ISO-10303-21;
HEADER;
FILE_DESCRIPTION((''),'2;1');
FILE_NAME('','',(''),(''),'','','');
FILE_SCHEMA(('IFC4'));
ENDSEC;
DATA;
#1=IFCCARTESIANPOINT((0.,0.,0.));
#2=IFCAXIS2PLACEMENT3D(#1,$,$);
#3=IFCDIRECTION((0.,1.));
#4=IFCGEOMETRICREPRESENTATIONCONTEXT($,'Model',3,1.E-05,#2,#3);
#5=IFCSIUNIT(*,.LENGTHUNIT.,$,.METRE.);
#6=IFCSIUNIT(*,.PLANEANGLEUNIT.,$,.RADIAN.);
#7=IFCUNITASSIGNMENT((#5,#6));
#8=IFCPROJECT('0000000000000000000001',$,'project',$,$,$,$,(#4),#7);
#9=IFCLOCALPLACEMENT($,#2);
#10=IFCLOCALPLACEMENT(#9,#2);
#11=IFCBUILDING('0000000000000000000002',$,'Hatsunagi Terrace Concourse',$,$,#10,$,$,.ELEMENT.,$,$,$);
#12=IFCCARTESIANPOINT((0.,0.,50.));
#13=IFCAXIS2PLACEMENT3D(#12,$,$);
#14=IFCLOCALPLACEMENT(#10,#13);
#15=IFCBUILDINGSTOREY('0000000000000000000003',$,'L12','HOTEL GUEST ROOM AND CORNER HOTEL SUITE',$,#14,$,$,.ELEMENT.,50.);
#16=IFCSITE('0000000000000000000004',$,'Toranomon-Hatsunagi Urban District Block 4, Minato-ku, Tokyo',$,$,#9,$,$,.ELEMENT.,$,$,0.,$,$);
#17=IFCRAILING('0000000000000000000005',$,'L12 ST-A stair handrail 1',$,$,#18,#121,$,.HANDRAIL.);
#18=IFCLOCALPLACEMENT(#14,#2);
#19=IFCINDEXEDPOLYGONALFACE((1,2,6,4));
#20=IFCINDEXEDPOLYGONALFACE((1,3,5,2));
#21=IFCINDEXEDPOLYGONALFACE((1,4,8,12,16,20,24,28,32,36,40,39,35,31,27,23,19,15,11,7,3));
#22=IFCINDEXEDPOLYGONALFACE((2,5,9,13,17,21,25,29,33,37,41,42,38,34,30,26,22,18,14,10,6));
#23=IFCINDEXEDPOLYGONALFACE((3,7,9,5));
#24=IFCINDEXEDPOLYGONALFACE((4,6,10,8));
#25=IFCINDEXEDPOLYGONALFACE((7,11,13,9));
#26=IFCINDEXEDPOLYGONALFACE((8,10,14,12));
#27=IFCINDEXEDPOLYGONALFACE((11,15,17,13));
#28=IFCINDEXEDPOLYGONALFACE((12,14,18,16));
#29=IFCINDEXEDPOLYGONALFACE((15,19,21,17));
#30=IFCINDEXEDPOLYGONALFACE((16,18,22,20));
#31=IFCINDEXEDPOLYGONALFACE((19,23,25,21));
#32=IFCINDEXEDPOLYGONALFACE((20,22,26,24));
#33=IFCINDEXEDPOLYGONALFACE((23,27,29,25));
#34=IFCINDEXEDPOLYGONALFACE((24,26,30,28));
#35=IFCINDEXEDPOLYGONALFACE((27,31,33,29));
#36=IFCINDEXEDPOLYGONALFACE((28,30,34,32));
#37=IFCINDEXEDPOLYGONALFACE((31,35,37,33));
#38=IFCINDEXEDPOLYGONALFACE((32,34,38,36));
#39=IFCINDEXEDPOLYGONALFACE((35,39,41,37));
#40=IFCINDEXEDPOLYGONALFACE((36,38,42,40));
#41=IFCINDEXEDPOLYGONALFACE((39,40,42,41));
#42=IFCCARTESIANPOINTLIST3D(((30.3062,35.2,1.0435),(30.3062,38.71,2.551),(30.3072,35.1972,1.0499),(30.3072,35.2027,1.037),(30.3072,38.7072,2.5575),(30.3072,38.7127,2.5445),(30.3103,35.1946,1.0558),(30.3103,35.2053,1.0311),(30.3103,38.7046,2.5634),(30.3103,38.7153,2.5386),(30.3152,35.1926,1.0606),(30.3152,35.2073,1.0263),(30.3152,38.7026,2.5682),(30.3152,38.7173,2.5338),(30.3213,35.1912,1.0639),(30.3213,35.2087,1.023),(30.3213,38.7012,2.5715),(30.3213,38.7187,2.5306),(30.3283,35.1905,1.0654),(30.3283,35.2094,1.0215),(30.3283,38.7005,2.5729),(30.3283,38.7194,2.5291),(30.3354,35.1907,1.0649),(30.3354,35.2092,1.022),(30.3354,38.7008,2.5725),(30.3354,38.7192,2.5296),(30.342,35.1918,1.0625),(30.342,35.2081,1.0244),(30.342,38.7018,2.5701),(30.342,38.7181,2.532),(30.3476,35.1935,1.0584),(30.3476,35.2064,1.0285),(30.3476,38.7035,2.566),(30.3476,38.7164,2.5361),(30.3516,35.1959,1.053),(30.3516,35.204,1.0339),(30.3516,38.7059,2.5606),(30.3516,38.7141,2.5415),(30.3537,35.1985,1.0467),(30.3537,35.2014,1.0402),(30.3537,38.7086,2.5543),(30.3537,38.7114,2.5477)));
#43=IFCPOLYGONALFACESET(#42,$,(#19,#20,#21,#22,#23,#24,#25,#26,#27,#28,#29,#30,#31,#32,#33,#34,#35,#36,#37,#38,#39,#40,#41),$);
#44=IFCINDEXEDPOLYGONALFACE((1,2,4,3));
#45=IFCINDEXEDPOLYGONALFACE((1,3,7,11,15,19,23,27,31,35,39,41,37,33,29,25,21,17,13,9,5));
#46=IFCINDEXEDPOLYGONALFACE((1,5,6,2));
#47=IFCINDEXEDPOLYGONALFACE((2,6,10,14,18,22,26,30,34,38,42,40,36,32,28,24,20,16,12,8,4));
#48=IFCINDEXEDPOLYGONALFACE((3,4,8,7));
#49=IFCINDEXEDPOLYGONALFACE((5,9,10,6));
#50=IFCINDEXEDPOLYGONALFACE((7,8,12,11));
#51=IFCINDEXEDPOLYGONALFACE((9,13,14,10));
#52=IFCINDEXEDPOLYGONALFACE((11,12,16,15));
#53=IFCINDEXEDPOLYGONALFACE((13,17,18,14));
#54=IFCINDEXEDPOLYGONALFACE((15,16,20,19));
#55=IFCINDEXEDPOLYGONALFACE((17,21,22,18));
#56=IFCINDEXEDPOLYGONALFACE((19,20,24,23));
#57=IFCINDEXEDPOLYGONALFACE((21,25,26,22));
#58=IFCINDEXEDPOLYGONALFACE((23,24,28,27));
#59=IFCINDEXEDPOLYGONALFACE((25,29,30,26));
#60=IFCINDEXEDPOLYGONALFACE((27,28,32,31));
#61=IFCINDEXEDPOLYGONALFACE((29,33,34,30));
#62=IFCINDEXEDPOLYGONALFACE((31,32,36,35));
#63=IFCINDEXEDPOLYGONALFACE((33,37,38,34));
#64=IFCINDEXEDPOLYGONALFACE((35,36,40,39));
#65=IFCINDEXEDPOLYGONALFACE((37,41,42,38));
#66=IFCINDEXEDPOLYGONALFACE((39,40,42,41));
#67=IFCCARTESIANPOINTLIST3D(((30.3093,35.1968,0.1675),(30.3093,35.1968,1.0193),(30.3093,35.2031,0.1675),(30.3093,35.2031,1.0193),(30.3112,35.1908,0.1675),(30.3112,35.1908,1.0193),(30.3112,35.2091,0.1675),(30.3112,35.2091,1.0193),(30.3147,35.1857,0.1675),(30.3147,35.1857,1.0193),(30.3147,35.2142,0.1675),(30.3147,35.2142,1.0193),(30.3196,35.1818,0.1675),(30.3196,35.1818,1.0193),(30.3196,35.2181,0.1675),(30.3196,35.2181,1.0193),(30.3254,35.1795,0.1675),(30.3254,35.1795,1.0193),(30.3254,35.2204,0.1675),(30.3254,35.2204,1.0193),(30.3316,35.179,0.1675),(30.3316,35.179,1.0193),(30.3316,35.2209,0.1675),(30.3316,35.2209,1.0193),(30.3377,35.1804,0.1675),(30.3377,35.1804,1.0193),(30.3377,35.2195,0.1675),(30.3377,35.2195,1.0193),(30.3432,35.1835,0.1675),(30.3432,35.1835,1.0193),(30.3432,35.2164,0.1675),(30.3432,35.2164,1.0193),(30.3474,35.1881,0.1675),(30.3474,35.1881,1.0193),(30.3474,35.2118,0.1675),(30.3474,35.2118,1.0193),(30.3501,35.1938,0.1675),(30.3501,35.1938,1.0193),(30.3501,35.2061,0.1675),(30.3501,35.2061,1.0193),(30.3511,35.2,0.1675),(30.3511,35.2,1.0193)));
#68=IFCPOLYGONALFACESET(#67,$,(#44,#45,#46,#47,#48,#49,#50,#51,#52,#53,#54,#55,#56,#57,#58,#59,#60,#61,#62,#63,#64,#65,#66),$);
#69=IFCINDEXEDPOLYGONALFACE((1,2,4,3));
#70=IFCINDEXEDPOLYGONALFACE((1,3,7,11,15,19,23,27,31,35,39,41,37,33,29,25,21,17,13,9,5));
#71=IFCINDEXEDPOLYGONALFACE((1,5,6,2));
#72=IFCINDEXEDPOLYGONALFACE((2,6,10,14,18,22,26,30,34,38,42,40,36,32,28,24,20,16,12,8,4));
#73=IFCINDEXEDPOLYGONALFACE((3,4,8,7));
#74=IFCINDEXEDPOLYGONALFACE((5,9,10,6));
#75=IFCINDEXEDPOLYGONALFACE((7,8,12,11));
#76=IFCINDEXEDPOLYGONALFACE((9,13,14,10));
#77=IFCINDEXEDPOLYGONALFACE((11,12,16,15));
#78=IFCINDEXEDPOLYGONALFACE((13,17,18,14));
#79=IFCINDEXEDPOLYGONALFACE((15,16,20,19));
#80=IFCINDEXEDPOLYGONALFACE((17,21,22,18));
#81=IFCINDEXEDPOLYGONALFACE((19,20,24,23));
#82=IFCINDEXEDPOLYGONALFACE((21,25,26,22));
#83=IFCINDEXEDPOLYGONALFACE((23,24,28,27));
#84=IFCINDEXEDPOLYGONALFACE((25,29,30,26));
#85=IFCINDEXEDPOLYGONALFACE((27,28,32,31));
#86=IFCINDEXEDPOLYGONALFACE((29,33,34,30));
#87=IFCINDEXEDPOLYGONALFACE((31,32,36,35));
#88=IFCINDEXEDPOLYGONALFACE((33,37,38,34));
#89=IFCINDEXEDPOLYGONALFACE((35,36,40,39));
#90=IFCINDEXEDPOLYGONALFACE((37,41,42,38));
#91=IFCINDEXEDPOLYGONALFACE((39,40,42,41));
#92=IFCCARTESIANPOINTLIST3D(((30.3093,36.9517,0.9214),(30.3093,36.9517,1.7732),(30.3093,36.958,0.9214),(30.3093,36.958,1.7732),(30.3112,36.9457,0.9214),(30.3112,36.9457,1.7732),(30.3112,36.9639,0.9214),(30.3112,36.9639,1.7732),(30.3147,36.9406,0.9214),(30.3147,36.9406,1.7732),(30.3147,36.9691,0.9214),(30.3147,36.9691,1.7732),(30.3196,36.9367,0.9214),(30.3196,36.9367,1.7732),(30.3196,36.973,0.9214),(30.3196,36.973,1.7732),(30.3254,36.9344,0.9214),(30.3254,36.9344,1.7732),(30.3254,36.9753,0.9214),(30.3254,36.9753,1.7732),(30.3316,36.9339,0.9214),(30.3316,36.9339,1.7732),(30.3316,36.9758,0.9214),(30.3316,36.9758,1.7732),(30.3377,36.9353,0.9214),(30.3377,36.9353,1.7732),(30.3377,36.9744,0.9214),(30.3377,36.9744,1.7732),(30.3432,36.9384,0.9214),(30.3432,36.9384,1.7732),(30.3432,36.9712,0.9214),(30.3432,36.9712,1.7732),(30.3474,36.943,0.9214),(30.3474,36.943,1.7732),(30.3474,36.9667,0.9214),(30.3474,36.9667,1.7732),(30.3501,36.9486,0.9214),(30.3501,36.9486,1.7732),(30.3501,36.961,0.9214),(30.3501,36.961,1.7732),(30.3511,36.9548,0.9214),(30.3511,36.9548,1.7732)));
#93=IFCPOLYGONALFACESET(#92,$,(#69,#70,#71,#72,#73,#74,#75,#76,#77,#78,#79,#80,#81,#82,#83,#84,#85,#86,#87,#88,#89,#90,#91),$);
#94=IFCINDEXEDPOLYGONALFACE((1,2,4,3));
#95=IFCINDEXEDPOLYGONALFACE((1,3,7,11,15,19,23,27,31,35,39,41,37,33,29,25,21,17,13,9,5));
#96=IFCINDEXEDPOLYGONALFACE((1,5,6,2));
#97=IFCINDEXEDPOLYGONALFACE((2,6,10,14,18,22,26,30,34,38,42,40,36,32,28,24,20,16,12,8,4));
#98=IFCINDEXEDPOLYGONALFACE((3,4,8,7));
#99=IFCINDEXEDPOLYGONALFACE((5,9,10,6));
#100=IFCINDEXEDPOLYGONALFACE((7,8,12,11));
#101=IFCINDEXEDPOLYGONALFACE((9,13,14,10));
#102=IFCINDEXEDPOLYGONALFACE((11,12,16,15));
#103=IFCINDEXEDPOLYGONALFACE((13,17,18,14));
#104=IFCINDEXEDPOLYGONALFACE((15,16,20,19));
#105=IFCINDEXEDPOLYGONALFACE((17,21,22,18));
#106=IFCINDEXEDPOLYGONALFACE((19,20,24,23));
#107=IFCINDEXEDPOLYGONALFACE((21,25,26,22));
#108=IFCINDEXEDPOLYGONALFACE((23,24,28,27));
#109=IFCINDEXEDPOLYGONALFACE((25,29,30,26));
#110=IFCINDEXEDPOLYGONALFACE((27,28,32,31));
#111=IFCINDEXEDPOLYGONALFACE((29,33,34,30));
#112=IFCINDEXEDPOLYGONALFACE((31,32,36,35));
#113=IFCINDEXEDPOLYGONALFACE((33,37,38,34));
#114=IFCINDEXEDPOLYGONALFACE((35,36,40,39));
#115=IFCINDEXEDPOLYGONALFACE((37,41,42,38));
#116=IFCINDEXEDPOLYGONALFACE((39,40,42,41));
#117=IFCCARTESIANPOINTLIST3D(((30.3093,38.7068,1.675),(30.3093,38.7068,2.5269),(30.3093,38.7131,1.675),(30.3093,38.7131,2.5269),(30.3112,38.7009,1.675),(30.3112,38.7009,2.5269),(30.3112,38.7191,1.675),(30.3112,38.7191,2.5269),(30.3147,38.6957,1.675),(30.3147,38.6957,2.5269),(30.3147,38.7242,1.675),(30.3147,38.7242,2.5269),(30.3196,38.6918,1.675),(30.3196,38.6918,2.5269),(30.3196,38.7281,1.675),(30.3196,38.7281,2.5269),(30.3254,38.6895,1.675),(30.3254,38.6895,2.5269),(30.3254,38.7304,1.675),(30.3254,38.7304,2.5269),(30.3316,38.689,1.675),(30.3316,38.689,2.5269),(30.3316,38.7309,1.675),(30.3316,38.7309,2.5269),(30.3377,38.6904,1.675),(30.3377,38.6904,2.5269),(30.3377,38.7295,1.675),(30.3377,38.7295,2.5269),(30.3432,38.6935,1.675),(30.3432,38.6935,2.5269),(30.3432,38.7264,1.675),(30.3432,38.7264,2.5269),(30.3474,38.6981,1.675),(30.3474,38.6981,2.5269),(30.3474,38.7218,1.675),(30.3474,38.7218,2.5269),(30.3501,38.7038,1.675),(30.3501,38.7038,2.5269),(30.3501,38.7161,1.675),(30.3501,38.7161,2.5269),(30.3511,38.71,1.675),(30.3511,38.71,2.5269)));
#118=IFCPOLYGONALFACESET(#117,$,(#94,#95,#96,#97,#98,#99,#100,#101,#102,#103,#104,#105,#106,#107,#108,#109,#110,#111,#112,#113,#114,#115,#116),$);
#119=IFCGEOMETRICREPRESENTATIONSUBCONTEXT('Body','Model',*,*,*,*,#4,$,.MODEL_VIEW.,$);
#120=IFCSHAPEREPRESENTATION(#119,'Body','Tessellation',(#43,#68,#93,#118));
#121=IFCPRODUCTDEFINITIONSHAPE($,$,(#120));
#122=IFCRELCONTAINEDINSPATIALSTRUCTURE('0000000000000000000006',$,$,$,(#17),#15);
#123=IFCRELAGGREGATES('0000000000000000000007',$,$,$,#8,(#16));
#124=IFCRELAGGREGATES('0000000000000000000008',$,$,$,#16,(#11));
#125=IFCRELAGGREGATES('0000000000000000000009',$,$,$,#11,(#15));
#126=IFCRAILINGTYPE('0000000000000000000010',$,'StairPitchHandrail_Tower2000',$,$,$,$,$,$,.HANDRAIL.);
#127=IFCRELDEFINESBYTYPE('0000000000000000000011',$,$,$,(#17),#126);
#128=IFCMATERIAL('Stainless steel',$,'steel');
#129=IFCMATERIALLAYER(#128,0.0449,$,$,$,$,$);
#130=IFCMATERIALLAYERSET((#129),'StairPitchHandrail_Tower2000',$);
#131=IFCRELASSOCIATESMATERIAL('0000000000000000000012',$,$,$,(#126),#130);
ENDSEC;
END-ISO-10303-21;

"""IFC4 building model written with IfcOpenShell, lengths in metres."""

from ifc_helpers import new_model, si_unit, direction, frame, origin, origin_2d, place, context, subcontext, project, spatial, circle, extrude, material, layer, layer_set, type_object, element, save


model = new_model("IFC4")

# Units and contexts
model_context = context("Model", 3, precision=1e-05, world=origin(), true_north=direction((0.0, 1.0)))
body_context = subcontext(model_context, "Body", "Model", "MODEL_VIEW")
ifc_project = project(units=[si_unit("LENGTHUNIT", "METRE"), si_unit("PLANEANGLEUNIT", "RADIAN")], contexts=[model_context])

# Site, building, storey
site_placement = place(None, origin())
site = spatial("IfcSite", under=ifc_project, at=site_placement, Name="Toranomon-Hatsunagi Urban District Block 4, Minato-ku, Tokyo", CompositionType="ELEMENT", RefElevation=0.0)
building_placement = place(site_placement, origin())
building = spatial("IfcBuilding", under=site, at=building_placement, Name="Hatsunagi Terrace Concourse", CompositionType="ELEMENT")
storey_placement = place(building_placement, frame((0.0, 0.0, 50.0)))
storey = spatial("IfcBuildingStorey", under=building, at=storey_placement, Name="L12", Description="HOTEL GUEST ROOM AND CORNER HOTEL SUITE", CompositionType="ELEMENT", Elevation=50.0)

# Railing
ifc_material_1 = material(Name="Stainless steel", Category="steel")
ifc_layer_1 = layer(ifc_material_1, 0.0449)
ifc_layer_set_1 = layer_set([ifc_layer_1], Name="StairPitchHandrail_Tower2000")
railing_type_1 = type_object("IfcRailingType", Name="StairPitchHandrail_Tower2000", PredefinedType="HANDRAIL", material=ifc_layer_set_1)
railing_1_placement = place(storey_placement, frame((30.3301, 35.2, 0.1675)))
element("IfcRailing", 1, at=railing_1_placement, inside=storey, type_object=railing_type_1, Name="L12 ST-A stair handrail 1", PredefinedType="HANDRAIL", context=body_context, shape_type="SweptSolid", body=[
    extrude(circle(Radius=0.0239, at=origin_2d()), frame((0.0, 0.0, 0.876), z_axis=(0.0, 0.918834, 0.394644), x_axis=(-1.0, 0.0, 0.0)), (0.0, 0.0, 1.0), 3.8201),
    extrude(circle(Radius=0.021, at=origin_2d()), origin(), (0.0, 0.0, 1.0), 0.8518),
    extrude(circle(Radius=0.021, at=origin_2d()), frame((0.0, 1.7549, 0.7539)), (0.0, 0.0, 1.0), 0.8518),
    extrude(circle(Radius=0.021, at=origin_2d()), frame((0.0, 3.51, 1.5076)), (0.0, 0.0, 1.0), 0.8518),
])

save(model, "model.ifc")
